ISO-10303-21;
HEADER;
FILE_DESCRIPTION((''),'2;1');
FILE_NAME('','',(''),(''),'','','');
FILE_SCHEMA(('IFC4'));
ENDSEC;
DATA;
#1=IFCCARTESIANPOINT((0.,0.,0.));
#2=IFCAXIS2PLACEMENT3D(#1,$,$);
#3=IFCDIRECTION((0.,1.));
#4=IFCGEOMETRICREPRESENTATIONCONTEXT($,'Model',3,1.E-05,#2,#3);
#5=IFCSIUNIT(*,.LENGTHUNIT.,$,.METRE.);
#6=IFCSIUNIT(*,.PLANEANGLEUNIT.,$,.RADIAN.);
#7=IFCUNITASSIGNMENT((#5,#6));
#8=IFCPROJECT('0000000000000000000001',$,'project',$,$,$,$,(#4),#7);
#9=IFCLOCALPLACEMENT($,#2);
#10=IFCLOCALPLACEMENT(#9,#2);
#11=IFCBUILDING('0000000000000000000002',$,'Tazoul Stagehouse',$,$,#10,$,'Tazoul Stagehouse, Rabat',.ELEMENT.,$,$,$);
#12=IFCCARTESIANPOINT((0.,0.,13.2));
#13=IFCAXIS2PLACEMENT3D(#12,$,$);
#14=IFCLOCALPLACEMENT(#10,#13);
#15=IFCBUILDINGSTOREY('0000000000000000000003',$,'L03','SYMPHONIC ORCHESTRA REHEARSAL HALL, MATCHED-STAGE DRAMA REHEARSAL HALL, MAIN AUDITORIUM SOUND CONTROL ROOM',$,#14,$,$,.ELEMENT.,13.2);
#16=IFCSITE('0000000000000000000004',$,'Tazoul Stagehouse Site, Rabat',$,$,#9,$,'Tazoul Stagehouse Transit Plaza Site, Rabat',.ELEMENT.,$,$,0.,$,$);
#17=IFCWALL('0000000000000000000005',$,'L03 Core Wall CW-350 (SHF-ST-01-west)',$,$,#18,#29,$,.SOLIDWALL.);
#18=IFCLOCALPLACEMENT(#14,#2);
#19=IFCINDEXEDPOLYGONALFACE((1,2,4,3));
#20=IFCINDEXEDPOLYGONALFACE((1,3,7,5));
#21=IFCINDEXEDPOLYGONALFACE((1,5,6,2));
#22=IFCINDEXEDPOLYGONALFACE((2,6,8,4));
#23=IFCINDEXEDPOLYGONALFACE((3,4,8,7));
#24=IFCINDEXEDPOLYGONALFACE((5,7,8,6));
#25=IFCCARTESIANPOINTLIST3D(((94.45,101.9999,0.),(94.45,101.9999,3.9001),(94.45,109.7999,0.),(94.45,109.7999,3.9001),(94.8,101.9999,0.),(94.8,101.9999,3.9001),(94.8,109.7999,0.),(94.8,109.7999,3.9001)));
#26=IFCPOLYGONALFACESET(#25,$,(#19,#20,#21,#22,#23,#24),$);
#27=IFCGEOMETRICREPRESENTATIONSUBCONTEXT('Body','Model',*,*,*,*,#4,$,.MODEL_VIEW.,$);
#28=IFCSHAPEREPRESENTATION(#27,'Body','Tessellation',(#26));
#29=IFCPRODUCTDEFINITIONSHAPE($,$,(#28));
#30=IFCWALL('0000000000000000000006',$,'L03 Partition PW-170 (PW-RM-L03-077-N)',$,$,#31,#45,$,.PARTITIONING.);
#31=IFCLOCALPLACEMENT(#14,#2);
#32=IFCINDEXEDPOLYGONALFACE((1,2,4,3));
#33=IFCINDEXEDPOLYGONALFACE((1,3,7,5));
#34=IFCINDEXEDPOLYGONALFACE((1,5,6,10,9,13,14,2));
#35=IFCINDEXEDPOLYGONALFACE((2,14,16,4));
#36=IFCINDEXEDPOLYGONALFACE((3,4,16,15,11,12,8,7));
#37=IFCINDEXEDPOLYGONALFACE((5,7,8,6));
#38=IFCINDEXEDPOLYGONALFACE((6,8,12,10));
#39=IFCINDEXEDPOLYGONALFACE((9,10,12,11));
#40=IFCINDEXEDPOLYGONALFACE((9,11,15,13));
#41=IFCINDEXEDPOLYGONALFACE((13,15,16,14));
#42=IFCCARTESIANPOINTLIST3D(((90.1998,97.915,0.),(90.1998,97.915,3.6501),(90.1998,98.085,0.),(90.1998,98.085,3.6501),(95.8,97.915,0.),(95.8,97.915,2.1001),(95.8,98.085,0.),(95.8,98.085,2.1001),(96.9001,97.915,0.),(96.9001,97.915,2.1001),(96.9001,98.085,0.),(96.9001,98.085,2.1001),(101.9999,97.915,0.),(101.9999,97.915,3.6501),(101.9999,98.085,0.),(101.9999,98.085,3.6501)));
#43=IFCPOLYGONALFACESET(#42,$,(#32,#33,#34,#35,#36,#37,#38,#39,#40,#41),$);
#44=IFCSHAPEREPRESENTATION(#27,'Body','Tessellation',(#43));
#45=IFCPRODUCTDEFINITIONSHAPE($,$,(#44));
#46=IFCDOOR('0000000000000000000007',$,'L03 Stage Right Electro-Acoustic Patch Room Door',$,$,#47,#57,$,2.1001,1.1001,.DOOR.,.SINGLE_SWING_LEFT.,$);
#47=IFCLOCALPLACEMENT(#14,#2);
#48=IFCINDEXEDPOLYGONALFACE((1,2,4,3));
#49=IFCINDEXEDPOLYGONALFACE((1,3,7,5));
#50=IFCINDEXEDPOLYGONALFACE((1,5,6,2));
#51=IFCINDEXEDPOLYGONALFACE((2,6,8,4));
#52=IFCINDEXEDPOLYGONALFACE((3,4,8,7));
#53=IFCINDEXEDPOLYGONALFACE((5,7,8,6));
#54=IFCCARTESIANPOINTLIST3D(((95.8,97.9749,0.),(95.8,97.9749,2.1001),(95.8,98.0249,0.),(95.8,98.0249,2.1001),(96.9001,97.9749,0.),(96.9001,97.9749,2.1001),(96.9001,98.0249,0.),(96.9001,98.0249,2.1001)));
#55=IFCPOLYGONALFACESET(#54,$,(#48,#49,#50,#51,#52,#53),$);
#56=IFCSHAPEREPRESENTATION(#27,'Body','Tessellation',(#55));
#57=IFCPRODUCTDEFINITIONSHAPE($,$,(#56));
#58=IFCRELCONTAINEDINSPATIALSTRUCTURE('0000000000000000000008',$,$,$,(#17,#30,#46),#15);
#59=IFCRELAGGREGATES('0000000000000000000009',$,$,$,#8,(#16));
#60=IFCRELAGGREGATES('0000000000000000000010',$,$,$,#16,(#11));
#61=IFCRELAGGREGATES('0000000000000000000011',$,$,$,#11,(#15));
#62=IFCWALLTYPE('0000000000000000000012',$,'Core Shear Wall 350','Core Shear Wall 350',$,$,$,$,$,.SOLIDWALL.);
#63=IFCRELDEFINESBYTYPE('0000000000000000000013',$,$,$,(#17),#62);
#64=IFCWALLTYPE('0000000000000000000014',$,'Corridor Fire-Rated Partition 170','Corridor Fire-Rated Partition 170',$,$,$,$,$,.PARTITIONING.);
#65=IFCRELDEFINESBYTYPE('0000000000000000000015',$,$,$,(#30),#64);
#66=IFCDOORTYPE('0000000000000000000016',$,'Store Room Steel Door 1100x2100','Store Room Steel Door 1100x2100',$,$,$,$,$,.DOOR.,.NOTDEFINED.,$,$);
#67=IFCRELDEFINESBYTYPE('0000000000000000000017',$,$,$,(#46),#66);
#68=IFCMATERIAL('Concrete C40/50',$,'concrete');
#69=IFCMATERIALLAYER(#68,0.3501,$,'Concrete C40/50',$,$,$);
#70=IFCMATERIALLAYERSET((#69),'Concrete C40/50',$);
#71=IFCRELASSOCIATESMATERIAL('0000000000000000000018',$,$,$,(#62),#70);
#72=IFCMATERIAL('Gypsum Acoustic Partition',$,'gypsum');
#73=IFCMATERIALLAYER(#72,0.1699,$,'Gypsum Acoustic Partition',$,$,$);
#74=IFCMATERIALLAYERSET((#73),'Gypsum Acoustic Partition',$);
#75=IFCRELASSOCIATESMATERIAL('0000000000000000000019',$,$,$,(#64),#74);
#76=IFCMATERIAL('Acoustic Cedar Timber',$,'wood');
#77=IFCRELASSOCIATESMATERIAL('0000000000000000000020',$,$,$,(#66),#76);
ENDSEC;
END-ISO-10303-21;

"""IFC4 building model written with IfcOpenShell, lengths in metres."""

from ifc_helpers import new_model, si_unit, direction, frame, frame_2d, origin, place, context, subcontext, project, spatial, rectangle, extrude, material, layer, layer_set, type_object, element, fill, save


model = new_model("IFC4")

# Units and contexts
model_context = context("Model", 3, precision=1e-05, world=origin(), true_north=direction((0.0, 1.0)))
body_context = subcontext(model_context, "Body", "Model", "MODEL_VIEW")
ifc_project = project(units=[si_unit("LENGTHUNIT", "METRE"), si_unit("PLANEANGLEUNIT", "RADIAN")], contexts=[model_context])

# Site, building, storey
site_placement = place(None, origin())
site = spatial("IfcSite", under=ifc_project, at=site_placement, Name="Tazoul Stagehouse Site, Rabat", LongName="Tazoul Stagehouse Transit Plaza Site, Rabat", CompositionType="ELEMENT", RefElevation=0.0)
building_placement = place(site_placement, origin())
building = spatial("IfcBuilding", under=site, at=building_placement, Name="Tazoul Stagehouse", LongName="Tazoul Stagehouse, Rabat", CompositionType="ELEMENT")
storey_placement = place(building_placement, frame((0.0, 0.0, 13.2)))
storey = spatial("IfcBuildingStorey", under=building, at=storey_placement, Name="L03", Description="SYMPHONIC ORCHESTRA REHEARSAL HALL, MATCHED-STAGE DRAMA REHEARSAL HALL, MAIN AUDITORIUM SOUND CONTROL ROOM", CompositionType="ELEMENT", Elevation=13.2)

# Shared definitions
ifc_material_1 = material(Name="Concrete C40/50", Category="concrete")

# Wall
ifc_layer_1 = layer(ifc_material_1, 0.3501, Name="Concrete C40/50")
ifc_layer_set_1 = layer_set([ifc_layer_1], Name="Concrete C40/50")
wall_type_1 = type_object("IfcWallType", Name="Core Shear Wall 350", Description="Core Shear Wall 350", PredefinedType="SOLIDWALL", material=ifc_layer_set_1)
wall_1_placement = place(storey_placement, frame((94.625, 102.0, 0.0), z_axis=(0.0, 0.0, 1.0), x_axis=(0.0, 1.0, 0.0)))
element("IfcWall", 1, at=wall_1_placement, inside=storey, type_object=wall_type_1, Name="L03 Core Wall CW-350 (SHF-ST-01-west)", PredefinedType="SOLIDWALL", context=body_context, shape_type="SweptSolid", body=[
    extrude(rectangle(XDim=7.8, YDim=0.3501, at=frame_2d((3.8999, 0.0))), origin(), (0.0, 0.0, 1.0), 3.9001),
])

# Wall, opening, door
ifc_material_2 = material(Name="Gypsum Acoustic Partition", Category="gypsum")
ifc_layer_2 = layer(ifc_material_2, 0.1699, Name="Gypsum Acoustic Partition")
ifc_layer_set_2 = layer_set([ifc_layer_2], Name="Gypsum Acoustic Partition")
wall_type_2 = type_object("IfcWallType", Name="Corridor Fire-Rated Partition 170", Description="Corridor Fire-Rated Partition 170", PredefinedType="PARTITIONING", material=ifc_layer_set_2)
wall_2_placement = place(storey_placement, frame((90.2, 98.0, 0.0), z_axis=(0.0, 0.0, 1.0), x_axis=(1.0, 0.0, 0.0)))
wall_2 = element("IfcWall", 2, at=wall_2_placement, inside=storey, type_object=wall_type_2, Name="L03 Partition PW-170 (PW-RM-L03-077-N)", PredefinedType="PARTITIONING", context=body_context, shape_type="SweptSolid", body=[
    extrude(rectangle(XDim=11.8, YDim=0.1699, at=frame_2d((5.8999, 0.0))), origin(), (0.0, 0.0, 1.0), 3.6501),
])
opening_placement = place(wall_2_placement, frame((5.6001, 0.0, 0.0)))
opening = element("IfcOpeningElement", 3, at=opening_placement, cuts=wall_2, PredefinedType="OPENING", context=body_context, shape_type="SweptSolid", body=[
    extrude(rectangle(XDim=1.1001, YDim=2.1001, at=frame_2d((0.55, 1.05))), frame((0.0, 0.105, 0.0), z_axis=(0.0, -1.0, 0.0), x_axis=(1.0, 0.0, 0.0)), (0.0, 0.0, 1.0), 0.21),
])
ifc_material_3 = material(Name="Acoustic Cedar Timber", Category="wood")
door_type = type_object("IfcDoorType", Name="Store Room Steel Door 1100x2100", Description="Store Room Steel Door 1100x2100", OperationType="NOTDEFINED", PredefinedType="DOOR", material=ifc_material_3)
door_placement = place(opening_placement, origin())
door = element("IfcDoor", 4, at=door_placement, inside=storey, type_object=door_type, Name="L03 Stage Right Electro-Acoustic Patch Room Door", OperationType="SINGLE_SWING_LEFT", OverallHeight=2.1001, OverallWidth=1.1001, PredefinedType="DOOR", context=body_context, shape_type="SweptSolid", body=[
    extrude(rectangle(XDim=1.1001, YDim=2.1001, at=frame_2d((0.55, 1.05))), frame((0.0, 0.0249, 0.0), z_axis=(0.0, -1.0, 0.0), x_axis=(1.0, 0.0, 0.0)), (0.0, 0.0, 1.0), 0.05),
])
fill(opening, door)

save(model, "model.ifc")
